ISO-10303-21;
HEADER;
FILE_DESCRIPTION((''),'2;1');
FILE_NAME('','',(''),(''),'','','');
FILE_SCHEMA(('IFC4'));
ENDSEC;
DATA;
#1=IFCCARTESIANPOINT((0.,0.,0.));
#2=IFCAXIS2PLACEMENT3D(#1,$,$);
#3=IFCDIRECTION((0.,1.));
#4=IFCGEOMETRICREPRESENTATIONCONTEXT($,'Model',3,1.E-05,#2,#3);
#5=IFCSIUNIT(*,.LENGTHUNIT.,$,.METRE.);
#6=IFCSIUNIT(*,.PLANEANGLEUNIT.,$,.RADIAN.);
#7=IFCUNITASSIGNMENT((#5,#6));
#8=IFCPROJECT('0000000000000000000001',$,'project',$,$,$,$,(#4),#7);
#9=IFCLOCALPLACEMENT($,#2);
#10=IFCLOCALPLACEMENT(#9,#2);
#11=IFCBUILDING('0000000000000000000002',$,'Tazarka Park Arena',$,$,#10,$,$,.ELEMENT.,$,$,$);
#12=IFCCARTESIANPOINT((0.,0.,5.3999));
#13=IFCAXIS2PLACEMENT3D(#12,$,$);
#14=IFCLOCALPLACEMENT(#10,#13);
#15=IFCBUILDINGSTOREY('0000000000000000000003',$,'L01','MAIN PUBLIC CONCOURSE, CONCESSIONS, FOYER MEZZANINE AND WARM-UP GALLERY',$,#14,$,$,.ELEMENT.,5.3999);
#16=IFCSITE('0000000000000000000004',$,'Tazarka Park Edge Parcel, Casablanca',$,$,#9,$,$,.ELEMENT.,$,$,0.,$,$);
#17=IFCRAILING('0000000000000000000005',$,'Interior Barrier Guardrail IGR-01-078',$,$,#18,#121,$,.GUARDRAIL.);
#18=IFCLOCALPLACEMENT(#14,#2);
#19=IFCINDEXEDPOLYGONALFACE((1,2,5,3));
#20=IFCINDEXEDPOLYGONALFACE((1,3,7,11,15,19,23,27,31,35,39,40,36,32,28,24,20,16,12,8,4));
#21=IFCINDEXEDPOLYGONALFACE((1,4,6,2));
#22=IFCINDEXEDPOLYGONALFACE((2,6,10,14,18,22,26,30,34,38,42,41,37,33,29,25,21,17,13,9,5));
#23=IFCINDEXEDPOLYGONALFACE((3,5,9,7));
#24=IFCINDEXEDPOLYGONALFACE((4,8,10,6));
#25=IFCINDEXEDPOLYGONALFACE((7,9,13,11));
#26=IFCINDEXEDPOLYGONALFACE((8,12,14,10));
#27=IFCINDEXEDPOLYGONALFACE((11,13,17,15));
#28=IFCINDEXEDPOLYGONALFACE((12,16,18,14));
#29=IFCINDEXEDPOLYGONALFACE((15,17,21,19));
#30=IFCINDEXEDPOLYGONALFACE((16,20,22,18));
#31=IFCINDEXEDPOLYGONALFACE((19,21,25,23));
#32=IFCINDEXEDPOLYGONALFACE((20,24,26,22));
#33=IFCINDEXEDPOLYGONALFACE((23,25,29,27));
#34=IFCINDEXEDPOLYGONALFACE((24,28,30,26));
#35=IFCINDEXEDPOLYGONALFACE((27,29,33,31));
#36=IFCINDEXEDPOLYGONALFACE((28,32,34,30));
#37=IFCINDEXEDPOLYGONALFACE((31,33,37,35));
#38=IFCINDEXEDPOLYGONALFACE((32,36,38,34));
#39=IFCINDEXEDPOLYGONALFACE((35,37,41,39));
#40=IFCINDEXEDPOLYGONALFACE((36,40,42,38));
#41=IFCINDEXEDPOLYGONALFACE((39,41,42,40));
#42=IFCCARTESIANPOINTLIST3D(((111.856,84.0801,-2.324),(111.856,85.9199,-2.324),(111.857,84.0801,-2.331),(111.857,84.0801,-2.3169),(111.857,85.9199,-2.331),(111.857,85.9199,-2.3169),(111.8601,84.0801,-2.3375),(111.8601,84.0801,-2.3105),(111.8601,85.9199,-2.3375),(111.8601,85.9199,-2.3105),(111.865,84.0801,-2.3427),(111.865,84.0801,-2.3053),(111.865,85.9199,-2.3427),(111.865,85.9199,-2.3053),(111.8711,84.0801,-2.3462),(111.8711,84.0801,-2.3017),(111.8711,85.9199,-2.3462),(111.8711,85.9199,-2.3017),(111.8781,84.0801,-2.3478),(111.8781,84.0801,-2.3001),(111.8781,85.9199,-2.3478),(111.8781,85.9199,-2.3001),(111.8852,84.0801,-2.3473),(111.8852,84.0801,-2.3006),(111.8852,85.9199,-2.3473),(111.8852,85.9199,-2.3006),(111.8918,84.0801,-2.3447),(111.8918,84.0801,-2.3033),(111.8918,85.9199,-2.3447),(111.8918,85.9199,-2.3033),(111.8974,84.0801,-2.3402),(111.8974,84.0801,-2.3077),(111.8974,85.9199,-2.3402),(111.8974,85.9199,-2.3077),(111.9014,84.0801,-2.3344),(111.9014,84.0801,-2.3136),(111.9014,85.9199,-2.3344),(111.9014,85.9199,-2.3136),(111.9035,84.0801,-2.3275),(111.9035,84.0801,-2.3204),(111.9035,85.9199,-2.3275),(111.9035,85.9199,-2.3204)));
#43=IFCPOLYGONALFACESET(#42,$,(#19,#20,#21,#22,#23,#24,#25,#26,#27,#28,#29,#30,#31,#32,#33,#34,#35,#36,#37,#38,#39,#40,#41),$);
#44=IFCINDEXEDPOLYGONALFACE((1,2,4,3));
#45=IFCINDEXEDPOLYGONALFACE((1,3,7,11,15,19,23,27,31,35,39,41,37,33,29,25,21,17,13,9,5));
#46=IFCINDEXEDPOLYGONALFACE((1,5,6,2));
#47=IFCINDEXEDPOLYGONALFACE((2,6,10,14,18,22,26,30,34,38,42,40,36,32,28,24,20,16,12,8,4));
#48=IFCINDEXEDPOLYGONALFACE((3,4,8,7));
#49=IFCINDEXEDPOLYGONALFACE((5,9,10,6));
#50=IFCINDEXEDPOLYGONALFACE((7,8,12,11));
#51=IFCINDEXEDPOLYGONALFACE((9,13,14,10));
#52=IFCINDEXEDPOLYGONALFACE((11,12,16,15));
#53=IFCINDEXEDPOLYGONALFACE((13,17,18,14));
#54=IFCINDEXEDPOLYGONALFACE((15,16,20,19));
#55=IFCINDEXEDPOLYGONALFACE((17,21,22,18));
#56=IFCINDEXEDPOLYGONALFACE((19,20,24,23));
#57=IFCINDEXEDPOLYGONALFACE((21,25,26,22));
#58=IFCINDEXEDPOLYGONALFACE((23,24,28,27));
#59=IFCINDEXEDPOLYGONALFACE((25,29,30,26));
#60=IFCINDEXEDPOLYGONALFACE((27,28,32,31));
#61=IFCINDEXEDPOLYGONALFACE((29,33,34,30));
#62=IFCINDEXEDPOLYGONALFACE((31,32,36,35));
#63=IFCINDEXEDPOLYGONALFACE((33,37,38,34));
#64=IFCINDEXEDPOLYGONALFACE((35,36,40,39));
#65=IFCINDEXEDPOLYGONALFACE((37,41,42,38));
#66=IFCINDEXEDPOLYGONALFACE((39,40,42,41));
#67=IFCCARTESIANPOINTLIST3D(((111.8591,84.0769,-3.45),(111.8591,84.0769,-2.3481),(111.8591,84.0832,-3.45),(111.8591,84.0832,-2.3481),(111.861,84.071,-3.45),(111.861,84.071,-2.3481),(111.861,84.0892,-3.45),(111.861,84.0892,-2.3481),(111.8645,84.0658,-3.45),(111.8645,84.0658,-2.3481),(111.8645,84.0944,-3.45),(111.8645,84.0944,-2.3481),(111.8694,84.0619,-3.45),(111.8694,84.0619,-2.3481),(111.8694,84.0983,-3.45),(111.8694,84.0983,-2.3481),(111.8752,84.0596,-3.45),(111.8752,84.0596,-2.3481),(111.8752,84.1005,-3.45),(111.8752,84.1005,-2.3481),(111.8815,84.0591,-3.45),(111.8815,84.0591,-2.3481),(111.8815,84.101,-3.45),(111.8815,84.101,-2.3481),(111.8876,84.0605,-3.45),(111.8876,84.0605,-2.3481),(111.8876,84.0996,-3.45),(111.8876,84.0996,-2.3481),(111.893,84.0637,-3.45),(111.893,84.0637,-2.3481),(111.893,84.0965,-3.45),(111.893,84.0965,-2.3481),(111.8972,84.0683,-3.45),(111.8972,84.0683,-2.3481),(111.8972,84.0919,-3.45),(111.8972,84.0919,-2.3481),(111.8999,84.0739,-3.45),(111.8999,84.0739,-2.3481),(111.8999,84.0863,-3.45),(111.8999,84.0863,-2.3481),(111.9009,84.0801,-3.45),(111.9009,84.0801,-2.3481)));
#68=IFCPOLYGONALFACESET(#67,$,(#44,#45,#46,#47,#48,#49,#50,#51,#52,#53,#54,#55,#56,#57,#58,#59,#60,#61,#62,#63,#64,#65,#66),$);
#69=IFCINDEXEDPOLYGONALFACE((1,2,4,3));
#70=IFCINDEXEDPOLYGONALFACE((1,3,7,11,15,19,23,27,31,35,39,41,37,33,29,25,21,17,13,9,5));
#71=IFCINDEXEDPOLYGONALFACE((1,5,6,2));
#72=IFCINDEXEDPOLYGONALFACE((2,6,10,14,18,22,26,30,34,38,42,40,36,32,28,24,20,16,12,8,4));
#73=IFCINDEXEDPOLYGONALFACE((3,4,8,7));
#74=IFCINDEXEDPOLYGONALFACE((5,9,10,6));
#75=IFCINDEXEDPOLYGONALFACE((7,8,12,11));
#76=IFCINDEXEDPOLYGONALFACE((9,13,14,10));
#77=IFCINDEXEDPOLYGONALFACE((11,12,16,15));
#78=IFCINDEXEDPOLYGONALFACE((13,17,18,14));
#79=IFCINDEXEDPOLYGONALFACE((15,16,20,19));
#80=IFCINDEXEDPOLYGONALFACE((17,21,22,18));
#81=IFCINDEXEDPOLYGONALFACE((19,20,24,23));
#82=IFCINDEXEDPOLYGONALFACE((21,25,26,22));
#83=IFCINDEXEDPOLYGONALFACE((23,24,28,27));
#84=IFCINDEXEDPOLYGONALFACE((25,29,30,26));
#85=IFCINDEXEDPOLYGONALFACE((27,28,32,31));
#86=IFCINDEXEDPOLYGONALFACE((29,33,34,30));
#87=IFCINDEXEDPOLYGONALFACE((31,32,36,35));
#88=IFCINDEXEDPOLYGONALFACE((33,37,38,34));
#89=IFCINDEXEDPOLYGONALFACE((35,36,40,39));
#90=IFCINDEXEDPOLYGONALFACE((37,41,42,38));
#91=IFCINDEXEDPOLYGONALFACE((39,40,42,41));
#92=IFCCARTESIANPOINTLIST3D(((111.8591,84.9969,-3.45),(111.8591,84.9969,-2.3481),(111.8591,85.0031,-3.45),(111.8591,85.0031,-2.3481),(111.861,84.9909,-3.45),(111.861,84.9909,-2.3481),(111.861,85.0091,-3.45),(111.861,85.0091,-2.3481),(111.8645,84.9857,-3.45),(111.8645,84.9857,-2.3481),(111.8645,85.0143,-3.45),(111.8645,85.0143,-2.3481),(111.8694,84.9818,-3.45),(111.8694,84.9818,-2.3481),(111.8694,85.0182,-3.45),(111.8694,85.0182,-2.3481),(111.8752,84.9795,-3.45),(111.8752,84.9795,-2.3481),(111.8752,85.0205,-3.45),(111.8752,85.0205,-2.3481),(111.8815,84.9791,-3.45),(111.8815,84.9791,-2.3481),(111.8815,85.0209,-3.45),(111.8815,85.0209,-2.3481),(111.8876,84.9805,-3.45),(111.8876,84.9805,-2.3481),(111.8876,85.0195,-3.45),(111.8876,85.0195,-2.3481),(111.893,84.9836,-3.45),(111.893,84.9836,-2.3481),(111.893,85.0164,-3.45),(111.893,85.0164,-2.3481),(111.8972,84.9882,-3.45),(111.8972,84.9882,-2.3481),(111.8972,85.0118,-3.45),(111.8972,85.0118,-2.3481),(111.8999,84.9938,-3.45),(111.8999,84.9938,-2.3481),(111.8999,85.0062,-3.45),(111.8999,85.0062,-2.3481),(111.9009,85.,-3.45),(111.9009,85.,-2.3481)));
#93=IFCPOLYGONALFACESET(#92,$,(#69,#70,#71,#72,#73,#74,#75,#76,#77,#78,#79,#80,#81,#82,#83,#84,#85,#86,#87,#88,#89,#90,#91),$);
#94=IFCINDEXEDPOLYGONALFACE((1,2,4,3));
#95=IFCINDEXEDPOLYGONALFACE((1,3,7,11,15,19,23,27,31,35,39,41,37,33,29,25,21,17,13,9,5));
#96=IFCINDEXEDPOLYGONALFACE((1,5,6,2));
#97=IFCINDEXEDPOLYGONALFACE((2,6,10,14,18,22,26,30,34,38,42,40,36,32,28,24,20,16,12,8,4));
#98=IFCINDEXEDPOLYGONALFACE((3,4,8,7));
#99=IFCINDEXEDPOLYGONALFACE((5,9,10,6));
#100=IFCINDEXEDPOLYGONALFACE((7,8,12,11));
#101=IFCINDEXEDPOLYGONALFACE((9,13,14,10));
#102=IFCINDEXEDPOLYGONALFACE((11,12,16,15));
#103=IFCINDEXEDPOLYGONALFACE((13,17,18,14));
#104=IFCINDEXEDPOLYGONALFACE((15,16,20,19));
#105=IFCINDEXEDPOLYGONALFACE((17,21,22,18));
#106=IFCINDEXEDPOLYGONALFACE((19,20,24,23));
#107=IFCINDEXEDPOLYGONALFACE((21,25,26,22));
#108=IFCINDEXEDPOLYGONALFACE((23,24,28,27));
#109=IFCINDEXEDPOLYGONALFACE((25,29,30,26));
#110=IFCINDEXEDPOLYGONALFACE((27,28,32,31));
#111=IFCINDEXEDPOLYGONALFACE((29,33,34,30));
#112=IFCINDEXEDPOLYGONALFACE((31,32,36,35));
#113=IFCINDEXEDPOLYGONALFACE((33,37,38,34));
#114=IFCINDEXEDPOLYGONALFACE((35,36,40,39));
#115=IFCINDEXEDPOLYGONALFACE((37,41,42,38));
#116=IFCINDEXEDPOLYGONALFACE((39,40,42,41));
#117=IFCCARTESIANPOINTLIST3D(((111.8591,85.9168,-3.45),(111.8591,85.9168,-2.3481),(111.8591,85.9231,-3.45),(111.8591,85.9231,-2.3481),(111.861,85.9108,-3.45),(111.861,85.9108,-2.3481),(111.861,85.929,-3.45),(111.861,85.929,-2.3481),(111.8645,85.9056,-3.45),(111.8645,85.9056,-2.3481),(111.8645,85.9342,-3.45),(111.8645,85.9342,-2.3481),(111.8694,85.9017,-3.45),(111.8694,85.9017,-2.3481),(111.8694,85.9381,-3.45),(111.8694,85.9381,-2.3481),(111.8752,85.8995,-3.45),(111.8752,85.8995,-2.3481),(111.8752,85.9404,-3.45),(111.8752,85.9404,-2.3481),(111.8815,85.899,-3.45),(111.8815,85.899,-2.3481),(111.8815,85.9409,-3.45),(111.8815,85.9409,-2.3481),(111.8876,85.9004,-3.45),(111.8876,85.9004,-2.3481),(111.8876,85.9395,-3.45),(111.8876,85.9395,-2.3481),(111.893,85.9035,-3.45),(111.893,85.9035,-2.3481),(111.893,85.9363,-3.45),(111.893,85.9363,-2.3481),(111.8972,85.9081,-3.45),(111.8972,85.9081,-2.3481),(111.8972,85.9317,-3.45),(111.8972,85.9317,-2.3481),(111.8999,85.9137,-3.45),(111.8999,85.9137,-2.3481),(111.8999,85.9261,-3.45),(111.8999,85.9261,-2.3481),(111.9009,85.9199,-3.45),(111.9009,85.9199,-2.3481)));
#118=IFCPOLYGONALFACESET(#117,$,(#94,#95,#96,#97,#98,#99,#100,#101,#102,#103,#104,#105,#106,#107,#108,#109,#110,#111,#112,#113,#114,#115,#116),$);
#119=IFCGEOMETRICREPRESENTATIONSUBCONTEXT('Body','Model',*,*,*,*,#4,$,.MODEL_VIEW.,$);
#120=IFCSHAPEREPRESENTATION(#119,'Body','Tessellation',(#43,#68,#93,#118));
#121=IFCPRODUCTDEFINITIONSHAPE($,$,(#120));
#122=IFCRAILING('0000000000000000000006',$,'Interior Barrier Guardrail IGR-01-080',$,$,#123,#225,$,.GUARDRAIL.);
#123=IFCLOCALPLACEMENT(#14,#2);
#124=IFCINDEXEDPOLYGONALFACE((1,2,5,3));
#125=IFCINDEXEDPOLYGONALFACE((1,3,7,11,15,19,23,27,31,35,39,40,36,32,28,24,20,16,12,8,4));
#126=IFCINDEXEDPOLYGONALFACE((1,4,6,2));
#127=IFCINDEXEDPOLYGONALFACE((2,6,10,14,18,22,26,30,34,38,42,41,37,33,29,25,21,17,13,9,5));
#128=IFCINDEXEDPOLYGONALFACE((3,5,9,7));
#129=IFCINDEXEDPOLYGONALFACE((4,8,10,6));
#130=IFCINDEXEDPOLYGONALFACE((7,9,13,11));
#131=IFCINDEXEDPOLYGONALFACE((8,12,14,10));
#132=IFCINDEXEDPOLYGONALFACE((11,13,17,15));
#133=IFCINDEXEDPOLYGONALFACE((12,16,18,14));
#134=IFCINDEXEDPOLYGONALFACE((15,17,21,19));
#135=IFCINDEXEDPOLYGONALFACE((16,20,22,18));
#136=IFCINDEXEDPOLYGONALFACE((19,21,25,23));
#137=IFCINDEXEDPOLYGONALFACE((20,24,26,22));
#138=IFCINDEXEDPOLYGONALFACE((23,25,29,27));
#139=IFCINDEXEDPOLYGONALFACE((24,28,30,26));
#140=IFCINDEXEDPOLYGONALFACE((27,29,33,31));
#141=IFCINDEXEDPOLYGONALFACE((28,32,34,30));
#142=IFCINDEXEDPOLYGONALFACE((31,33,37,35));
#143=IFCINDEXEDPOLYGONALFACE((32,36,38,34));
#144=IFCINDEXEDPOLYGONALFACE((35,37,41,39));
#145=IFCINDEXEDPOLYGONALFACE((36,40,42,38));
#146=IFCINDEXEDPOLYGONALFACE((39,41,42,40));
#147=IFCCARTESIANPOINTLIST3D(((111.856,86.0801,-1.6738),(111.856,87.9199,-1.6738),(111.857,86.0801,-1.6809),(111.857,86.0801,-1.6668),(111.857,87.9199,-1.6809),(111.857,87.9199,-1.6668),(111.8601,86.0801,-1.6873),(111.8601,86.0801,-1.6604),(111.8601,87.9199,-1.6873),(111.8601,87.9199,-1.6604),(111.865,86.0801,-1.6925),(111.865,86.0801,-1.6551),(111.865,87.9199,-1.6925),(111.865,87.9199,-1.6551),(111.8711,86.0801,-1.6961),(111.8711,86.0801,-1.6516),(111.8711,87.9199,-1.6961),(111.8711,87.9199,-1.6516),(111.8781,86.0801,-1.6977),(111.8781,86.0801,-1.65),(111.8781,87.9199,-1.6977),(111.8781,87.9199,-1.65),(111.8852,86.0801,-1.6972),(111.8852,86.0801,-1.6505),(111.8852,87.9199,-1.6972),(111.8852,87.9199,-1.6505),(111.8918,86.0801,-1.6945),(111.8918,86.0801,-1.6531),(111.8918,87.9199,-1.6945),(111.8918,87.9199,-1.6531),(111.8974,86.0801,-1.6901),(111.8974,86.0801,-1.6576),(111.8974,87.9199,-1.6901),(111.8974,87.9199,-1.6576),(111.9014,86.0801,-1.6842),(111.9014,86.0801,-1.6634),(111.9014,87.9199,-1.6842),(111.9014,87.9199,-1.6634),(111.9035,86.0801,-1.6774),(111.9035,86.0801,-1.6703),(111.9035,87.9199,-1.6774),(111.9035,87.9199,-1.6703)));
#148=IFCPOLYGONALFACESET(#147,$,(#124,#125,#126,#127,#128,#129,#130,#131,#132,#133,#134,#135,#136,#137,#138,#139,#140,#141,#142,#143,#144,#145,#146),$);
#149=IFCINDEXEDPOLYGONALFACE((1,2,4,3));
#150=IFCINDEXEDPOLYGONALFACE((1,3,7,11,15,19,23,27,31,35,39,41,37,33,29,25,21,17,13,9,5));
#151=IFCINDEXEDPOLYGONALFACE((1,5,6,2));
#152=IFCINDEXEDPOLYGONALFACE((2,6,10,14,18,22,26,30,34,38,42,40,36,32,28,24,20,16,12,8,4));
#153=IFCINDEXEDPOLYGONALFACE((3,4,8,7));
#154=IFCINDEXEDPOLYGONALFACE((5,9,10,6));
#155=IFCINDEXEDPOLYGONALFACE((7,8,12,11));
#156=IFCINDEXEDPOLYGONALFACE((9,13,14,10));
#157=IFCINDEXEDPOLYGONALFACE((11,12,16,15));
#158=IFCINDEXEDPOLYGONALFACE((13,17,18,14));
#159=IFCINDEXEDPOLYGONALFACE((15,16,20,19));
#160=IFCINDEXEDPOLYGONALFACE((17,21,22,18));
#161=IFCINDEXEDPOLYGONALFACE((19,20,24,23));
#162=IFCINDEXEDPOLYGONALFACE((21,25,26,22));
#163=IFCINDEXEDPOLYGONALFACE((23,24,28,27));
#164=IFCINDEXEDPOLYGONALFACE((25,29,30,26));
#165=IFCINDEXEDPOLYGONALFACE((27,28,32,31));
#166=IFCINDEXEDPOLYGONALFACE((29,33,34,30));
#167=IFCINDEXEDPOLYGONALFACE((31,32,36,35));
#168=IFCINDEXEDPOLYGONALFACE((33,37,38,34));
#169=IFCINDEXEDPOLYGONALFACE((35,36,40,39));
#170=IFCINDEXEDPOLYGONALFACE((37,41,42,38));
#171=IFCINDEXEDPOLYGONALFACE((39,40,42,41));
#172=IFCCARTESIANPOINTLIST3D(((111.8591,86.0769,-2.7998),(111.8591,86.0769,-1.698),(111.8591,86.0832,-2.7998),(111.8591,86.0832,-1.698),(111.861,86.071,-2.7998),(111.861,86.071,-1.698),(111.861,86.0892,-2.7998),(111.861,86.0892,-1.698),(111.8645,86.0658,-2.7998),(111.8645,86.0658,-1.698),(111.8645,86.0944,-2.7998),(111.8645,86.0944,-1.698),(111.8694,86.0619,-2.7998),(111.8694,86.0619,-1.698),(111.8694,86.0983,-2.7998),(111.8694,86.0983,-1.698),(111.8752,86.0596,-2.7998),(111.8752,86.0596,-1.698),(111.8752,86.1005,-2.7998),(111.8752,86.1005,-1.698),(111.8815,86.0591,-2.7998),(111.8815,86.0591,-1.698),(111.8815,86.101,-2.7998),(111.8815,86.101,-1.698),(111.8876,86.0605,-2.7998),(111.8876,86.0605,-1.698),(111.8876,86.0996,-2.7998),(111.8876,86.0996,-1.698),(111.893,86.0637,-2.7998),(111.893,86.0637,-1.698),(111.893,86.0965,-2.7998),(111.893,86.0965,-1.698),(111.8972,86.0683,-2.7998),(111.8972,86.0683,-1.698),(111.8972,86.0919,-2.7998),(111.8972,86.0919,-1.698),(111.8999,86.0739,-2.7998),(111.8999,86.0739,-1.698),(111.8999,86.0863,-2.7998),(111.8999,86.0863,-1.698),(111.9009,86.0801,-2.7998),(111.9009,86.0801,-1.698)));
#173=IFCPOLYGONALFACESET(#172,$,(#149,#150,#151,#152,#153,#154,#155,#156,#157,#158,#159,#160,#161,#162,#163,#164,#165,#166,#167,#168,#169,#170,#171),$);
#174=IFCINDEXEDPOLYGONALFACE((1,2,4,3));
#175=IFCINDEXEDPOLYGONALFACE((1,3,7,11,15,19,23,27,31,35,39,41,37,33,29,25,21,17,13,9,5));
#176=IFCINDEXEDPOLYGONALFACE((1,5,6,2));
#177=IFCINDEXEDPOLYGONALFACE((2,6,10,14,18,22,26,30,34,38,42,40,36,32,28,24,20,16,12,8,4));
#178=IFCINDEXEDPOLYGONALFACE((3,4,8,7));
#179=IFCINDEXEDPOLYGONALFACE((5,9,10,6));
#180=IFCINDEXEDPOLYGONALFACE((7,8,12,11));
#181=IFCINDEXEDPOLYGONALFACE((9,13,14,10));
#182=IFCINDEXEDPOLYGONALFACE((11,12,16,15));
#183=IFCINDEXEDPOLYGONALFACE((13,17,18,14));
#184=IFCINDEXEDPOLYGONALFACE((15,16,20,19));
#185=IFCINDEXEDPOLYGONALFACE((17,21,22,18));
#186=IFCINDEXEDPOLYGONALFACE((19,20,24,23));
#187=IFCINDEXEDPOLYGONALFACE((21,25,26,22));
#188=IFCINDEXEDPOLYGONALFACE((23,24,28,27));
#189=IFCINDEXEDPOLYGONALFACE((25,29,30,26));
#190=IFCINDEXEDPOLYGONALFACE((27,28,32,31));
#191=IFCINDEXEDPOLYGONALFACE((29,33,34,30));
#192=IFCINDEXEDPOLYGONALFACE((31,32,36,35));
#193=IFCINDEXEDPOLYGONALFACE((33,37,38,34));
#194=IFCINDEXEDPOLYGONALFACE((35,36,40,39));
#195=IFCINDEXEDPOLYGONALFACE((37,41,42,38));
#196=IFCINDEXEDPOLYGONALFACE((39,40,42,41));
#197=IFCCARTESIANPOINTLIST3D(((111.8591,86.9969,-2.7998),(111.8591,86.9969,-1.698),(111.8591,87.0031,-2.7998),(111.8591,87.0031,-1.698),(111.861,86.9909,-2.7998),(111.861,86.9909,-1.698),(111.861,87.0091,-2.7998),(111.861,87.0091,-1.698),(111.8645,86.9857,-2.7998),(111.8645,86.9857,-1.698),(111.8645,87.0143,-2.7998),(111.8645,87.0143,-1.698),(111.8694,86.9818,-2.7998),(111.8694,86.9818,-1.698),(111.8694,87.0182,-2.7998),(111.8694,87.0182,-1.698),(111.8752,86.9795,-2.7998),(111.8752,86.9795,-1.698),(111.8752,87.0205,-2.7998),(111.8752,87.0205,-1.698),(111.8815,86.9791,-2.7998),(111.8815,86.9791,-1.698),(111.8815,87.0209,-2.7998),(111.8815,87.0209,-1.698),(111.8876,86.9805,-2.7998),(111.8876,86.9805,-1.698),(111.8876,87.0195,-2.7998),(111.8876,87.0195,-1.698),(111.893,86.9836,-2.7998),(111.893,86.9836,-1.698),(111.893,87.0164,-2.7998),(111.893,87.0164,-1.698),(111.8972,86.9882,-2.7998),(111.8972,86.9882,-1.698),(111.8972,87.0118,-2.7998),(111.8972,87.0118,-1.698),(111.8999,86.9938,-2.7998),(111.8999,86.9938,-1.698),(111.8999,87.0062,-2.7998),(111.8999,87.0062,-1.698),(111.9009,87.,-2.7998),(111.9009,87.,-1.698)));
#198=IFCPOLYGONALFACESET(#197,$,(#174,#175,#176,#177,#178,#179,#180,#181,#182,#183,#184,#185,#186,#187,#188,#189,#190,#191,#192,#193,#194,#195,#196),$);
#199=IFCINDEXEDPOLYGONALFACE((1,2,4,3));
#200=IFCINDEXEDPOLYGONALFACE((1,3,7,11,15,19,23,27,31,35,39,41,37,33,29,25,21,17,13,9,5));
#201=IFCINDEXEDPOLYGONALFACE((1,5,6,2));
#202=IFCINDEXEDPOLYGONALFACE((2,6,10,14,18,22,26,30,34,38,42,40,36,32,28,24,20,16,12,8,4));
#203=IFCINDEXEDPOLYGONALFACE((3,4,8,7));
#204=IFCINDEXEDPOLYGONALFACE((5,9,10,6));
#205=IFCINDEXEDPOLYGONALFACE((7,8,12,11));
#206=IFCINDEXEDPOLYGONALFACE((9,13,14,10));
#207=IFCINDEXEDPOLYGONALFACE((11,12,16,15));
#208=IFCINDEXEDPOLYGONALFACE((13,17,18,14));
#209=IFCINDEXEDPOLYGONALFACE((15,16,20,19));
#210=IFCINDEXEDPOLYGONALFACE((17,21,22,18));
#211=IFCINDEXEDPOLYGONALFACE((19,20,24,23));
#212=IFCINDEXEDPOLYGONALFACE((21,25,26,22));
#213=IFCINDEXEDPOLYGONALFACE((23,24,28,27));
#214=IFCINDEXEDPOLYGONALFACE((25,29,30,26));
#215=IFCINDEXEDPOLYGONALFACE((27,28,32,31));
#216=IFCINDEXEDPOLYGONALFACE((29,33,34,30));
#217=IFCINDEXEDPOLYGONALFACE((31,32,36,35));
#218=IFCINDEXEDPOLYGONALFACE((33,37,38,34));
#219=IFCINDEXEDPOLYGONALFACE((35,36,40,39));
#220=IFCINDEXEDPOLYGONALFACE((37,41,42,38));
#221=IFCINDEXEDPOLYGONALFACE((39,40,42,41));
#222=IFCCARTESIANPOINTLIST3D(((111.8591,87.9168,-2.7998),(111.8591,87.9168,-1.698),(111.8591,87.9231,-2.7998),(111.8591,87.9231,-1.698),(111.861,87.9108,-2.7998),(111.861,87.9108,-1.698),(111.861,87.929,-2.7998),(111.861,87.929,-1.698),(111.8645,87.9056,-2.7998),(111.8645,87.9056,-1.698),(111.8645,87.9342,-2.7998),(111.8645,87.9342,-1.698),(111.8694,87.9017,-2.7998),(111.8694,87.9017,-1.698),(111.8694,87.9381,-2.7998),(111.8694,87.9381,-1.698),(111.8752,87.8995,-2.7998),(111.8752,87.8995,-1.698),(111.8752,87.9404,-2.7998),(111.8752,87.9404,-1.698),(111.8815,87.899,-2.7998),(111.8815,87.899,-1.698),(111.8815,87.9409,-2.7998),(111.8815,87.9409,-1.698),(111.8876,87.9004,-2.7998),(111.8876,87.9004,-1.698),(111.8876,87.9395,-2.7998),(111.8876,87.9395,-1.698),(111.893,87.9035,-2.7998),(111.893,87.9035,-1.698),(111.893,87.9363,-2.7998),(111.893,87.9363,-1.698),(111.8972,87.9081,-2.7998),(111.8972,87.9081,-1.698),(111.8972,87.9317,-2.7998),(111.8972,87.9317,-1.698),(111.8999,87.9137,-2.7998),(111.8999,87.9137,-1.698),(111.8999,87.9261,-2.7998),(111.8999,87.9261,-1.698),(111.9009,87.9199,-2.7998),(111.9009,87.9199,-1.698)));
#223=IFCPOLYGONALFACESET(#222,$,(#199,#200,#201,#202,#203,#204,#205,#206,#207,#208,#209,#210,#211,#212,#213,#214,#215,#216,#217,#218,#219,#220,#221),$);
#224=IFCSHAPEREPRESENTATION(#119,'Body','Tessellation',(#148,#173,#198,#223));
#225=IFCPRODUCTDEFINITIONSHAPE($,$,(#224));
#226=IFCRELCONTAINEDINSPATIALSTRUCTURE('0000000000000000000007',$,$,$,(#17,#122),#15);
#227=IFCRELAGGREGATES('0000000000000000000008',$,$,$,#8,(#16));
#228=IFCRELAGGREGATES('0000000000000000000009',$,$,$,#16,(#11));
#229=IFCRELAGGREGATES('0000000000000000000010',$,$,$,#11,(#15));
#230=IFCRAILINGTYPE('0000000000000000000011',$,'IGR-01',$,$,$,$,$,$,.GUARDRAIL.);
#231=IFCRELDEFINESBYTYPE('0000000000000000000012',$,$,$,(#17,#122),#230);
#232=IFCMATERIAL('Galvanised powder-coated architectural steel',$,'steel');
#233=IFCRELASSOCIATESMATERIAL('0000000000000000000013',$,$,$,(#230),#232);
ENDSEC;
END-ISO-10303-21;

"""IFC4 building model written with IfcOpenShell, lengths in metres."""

from ifc_helpers import new_model, si_unit, direction, frame, origin, origin_2d, place, context, subcontext, project, spatial, circle, extrude, material, type_object, element, save


model = new_model("IFC4")

# Units and contexts
model_context = context("Model", 3, precision=1e-05, world=origin(), true_north=direction((0.0, 1.0)))
body_context = subcontext(model_context, "Body", "Model", "MODEL_VIEW")
ifc_project = project(units=[si_unit("LENGTHUNIT", "METRE"), si_unit("PLANEANGLEUNIT", "RADIAN")], contexts=[model_context])

# Site, building, storey
site_placement = place(None, origin())
site = spatial("IfcSite", under=ifc_project, at=site_placement, Name="Tazarka Park Edge Parcel, Casablanca", CompositionType="ELEMENT", RefElevation=0.0)
building_placement = place(site_placement, origin())
building = spatial("IfcBuilding", under=site, at=building_placement, Name="Tazarka Park Arena", CompositionType="ELEMENT")
storey_placement = place(building_placement, frame((0.0, 0.0, 5.3999)))
storey = spatial("IfcBuildingStorey", under=building, at=storey_placement, Name="L01", Description="MAIN PUBLIC CONCOURSE, CONCESSIONS, FOYER MEZZANINE AND WARM-UP GALLERY", CompositionType="ELEMENT", Elevation=5.3999)

# Railings
ifc_material_1 = material(Name="Galvanised powder-coated architectural steel", Category="steel")
railing_type_1 = type_object("IfcRailingType", Name="IGR-01", PredefinedType="GUARDRAIL", material=ifc_material_1)
for number, where, name in (
    (1, (111.8799, 84.0801, -3.45), "Interior Barrier Guardrail IGR-01-078"),
    (2, (111.8799, 86.0801, -2.7998), "Interior Barrier Guardrail IGR-01-080"),
):
    element("IfcRailing", number, at=place(storey_placement, frame(where)), inside=storey, type_object=railing_type_1, Name=name, PredefinedType="GUARDRAIL", context=body_context, shape_type="SweptSolid", body=[
        extrude(circle(Radius=0.0239, at=origin_2d()), frame((0.0, 0.0, 1.126), z_axis=(0.0, 1.0, 0.0), x_axis=(-1.0, 0.0, 0.0)), (0.0, 0.0, 1.0), 1.8398),
        extrude(circle(Radius=0.021, at=origin_2d()), origin(), (0.0, 0.0, 1.0), 1.1018),
        extrude(circle(Radius=0.021, at=origin_2d()), frame((0.0, 0.9199, 0.0)), (0.0, 0.0, 1.0), 1.1018),
        extrude(circle(Radius=0.021, at=origin_2d()), frame((0.0, 1.8398, 0.0)), (0.0, 0.0, 1.0), 1.1018),
    ])

save(model, "model.ifc")
